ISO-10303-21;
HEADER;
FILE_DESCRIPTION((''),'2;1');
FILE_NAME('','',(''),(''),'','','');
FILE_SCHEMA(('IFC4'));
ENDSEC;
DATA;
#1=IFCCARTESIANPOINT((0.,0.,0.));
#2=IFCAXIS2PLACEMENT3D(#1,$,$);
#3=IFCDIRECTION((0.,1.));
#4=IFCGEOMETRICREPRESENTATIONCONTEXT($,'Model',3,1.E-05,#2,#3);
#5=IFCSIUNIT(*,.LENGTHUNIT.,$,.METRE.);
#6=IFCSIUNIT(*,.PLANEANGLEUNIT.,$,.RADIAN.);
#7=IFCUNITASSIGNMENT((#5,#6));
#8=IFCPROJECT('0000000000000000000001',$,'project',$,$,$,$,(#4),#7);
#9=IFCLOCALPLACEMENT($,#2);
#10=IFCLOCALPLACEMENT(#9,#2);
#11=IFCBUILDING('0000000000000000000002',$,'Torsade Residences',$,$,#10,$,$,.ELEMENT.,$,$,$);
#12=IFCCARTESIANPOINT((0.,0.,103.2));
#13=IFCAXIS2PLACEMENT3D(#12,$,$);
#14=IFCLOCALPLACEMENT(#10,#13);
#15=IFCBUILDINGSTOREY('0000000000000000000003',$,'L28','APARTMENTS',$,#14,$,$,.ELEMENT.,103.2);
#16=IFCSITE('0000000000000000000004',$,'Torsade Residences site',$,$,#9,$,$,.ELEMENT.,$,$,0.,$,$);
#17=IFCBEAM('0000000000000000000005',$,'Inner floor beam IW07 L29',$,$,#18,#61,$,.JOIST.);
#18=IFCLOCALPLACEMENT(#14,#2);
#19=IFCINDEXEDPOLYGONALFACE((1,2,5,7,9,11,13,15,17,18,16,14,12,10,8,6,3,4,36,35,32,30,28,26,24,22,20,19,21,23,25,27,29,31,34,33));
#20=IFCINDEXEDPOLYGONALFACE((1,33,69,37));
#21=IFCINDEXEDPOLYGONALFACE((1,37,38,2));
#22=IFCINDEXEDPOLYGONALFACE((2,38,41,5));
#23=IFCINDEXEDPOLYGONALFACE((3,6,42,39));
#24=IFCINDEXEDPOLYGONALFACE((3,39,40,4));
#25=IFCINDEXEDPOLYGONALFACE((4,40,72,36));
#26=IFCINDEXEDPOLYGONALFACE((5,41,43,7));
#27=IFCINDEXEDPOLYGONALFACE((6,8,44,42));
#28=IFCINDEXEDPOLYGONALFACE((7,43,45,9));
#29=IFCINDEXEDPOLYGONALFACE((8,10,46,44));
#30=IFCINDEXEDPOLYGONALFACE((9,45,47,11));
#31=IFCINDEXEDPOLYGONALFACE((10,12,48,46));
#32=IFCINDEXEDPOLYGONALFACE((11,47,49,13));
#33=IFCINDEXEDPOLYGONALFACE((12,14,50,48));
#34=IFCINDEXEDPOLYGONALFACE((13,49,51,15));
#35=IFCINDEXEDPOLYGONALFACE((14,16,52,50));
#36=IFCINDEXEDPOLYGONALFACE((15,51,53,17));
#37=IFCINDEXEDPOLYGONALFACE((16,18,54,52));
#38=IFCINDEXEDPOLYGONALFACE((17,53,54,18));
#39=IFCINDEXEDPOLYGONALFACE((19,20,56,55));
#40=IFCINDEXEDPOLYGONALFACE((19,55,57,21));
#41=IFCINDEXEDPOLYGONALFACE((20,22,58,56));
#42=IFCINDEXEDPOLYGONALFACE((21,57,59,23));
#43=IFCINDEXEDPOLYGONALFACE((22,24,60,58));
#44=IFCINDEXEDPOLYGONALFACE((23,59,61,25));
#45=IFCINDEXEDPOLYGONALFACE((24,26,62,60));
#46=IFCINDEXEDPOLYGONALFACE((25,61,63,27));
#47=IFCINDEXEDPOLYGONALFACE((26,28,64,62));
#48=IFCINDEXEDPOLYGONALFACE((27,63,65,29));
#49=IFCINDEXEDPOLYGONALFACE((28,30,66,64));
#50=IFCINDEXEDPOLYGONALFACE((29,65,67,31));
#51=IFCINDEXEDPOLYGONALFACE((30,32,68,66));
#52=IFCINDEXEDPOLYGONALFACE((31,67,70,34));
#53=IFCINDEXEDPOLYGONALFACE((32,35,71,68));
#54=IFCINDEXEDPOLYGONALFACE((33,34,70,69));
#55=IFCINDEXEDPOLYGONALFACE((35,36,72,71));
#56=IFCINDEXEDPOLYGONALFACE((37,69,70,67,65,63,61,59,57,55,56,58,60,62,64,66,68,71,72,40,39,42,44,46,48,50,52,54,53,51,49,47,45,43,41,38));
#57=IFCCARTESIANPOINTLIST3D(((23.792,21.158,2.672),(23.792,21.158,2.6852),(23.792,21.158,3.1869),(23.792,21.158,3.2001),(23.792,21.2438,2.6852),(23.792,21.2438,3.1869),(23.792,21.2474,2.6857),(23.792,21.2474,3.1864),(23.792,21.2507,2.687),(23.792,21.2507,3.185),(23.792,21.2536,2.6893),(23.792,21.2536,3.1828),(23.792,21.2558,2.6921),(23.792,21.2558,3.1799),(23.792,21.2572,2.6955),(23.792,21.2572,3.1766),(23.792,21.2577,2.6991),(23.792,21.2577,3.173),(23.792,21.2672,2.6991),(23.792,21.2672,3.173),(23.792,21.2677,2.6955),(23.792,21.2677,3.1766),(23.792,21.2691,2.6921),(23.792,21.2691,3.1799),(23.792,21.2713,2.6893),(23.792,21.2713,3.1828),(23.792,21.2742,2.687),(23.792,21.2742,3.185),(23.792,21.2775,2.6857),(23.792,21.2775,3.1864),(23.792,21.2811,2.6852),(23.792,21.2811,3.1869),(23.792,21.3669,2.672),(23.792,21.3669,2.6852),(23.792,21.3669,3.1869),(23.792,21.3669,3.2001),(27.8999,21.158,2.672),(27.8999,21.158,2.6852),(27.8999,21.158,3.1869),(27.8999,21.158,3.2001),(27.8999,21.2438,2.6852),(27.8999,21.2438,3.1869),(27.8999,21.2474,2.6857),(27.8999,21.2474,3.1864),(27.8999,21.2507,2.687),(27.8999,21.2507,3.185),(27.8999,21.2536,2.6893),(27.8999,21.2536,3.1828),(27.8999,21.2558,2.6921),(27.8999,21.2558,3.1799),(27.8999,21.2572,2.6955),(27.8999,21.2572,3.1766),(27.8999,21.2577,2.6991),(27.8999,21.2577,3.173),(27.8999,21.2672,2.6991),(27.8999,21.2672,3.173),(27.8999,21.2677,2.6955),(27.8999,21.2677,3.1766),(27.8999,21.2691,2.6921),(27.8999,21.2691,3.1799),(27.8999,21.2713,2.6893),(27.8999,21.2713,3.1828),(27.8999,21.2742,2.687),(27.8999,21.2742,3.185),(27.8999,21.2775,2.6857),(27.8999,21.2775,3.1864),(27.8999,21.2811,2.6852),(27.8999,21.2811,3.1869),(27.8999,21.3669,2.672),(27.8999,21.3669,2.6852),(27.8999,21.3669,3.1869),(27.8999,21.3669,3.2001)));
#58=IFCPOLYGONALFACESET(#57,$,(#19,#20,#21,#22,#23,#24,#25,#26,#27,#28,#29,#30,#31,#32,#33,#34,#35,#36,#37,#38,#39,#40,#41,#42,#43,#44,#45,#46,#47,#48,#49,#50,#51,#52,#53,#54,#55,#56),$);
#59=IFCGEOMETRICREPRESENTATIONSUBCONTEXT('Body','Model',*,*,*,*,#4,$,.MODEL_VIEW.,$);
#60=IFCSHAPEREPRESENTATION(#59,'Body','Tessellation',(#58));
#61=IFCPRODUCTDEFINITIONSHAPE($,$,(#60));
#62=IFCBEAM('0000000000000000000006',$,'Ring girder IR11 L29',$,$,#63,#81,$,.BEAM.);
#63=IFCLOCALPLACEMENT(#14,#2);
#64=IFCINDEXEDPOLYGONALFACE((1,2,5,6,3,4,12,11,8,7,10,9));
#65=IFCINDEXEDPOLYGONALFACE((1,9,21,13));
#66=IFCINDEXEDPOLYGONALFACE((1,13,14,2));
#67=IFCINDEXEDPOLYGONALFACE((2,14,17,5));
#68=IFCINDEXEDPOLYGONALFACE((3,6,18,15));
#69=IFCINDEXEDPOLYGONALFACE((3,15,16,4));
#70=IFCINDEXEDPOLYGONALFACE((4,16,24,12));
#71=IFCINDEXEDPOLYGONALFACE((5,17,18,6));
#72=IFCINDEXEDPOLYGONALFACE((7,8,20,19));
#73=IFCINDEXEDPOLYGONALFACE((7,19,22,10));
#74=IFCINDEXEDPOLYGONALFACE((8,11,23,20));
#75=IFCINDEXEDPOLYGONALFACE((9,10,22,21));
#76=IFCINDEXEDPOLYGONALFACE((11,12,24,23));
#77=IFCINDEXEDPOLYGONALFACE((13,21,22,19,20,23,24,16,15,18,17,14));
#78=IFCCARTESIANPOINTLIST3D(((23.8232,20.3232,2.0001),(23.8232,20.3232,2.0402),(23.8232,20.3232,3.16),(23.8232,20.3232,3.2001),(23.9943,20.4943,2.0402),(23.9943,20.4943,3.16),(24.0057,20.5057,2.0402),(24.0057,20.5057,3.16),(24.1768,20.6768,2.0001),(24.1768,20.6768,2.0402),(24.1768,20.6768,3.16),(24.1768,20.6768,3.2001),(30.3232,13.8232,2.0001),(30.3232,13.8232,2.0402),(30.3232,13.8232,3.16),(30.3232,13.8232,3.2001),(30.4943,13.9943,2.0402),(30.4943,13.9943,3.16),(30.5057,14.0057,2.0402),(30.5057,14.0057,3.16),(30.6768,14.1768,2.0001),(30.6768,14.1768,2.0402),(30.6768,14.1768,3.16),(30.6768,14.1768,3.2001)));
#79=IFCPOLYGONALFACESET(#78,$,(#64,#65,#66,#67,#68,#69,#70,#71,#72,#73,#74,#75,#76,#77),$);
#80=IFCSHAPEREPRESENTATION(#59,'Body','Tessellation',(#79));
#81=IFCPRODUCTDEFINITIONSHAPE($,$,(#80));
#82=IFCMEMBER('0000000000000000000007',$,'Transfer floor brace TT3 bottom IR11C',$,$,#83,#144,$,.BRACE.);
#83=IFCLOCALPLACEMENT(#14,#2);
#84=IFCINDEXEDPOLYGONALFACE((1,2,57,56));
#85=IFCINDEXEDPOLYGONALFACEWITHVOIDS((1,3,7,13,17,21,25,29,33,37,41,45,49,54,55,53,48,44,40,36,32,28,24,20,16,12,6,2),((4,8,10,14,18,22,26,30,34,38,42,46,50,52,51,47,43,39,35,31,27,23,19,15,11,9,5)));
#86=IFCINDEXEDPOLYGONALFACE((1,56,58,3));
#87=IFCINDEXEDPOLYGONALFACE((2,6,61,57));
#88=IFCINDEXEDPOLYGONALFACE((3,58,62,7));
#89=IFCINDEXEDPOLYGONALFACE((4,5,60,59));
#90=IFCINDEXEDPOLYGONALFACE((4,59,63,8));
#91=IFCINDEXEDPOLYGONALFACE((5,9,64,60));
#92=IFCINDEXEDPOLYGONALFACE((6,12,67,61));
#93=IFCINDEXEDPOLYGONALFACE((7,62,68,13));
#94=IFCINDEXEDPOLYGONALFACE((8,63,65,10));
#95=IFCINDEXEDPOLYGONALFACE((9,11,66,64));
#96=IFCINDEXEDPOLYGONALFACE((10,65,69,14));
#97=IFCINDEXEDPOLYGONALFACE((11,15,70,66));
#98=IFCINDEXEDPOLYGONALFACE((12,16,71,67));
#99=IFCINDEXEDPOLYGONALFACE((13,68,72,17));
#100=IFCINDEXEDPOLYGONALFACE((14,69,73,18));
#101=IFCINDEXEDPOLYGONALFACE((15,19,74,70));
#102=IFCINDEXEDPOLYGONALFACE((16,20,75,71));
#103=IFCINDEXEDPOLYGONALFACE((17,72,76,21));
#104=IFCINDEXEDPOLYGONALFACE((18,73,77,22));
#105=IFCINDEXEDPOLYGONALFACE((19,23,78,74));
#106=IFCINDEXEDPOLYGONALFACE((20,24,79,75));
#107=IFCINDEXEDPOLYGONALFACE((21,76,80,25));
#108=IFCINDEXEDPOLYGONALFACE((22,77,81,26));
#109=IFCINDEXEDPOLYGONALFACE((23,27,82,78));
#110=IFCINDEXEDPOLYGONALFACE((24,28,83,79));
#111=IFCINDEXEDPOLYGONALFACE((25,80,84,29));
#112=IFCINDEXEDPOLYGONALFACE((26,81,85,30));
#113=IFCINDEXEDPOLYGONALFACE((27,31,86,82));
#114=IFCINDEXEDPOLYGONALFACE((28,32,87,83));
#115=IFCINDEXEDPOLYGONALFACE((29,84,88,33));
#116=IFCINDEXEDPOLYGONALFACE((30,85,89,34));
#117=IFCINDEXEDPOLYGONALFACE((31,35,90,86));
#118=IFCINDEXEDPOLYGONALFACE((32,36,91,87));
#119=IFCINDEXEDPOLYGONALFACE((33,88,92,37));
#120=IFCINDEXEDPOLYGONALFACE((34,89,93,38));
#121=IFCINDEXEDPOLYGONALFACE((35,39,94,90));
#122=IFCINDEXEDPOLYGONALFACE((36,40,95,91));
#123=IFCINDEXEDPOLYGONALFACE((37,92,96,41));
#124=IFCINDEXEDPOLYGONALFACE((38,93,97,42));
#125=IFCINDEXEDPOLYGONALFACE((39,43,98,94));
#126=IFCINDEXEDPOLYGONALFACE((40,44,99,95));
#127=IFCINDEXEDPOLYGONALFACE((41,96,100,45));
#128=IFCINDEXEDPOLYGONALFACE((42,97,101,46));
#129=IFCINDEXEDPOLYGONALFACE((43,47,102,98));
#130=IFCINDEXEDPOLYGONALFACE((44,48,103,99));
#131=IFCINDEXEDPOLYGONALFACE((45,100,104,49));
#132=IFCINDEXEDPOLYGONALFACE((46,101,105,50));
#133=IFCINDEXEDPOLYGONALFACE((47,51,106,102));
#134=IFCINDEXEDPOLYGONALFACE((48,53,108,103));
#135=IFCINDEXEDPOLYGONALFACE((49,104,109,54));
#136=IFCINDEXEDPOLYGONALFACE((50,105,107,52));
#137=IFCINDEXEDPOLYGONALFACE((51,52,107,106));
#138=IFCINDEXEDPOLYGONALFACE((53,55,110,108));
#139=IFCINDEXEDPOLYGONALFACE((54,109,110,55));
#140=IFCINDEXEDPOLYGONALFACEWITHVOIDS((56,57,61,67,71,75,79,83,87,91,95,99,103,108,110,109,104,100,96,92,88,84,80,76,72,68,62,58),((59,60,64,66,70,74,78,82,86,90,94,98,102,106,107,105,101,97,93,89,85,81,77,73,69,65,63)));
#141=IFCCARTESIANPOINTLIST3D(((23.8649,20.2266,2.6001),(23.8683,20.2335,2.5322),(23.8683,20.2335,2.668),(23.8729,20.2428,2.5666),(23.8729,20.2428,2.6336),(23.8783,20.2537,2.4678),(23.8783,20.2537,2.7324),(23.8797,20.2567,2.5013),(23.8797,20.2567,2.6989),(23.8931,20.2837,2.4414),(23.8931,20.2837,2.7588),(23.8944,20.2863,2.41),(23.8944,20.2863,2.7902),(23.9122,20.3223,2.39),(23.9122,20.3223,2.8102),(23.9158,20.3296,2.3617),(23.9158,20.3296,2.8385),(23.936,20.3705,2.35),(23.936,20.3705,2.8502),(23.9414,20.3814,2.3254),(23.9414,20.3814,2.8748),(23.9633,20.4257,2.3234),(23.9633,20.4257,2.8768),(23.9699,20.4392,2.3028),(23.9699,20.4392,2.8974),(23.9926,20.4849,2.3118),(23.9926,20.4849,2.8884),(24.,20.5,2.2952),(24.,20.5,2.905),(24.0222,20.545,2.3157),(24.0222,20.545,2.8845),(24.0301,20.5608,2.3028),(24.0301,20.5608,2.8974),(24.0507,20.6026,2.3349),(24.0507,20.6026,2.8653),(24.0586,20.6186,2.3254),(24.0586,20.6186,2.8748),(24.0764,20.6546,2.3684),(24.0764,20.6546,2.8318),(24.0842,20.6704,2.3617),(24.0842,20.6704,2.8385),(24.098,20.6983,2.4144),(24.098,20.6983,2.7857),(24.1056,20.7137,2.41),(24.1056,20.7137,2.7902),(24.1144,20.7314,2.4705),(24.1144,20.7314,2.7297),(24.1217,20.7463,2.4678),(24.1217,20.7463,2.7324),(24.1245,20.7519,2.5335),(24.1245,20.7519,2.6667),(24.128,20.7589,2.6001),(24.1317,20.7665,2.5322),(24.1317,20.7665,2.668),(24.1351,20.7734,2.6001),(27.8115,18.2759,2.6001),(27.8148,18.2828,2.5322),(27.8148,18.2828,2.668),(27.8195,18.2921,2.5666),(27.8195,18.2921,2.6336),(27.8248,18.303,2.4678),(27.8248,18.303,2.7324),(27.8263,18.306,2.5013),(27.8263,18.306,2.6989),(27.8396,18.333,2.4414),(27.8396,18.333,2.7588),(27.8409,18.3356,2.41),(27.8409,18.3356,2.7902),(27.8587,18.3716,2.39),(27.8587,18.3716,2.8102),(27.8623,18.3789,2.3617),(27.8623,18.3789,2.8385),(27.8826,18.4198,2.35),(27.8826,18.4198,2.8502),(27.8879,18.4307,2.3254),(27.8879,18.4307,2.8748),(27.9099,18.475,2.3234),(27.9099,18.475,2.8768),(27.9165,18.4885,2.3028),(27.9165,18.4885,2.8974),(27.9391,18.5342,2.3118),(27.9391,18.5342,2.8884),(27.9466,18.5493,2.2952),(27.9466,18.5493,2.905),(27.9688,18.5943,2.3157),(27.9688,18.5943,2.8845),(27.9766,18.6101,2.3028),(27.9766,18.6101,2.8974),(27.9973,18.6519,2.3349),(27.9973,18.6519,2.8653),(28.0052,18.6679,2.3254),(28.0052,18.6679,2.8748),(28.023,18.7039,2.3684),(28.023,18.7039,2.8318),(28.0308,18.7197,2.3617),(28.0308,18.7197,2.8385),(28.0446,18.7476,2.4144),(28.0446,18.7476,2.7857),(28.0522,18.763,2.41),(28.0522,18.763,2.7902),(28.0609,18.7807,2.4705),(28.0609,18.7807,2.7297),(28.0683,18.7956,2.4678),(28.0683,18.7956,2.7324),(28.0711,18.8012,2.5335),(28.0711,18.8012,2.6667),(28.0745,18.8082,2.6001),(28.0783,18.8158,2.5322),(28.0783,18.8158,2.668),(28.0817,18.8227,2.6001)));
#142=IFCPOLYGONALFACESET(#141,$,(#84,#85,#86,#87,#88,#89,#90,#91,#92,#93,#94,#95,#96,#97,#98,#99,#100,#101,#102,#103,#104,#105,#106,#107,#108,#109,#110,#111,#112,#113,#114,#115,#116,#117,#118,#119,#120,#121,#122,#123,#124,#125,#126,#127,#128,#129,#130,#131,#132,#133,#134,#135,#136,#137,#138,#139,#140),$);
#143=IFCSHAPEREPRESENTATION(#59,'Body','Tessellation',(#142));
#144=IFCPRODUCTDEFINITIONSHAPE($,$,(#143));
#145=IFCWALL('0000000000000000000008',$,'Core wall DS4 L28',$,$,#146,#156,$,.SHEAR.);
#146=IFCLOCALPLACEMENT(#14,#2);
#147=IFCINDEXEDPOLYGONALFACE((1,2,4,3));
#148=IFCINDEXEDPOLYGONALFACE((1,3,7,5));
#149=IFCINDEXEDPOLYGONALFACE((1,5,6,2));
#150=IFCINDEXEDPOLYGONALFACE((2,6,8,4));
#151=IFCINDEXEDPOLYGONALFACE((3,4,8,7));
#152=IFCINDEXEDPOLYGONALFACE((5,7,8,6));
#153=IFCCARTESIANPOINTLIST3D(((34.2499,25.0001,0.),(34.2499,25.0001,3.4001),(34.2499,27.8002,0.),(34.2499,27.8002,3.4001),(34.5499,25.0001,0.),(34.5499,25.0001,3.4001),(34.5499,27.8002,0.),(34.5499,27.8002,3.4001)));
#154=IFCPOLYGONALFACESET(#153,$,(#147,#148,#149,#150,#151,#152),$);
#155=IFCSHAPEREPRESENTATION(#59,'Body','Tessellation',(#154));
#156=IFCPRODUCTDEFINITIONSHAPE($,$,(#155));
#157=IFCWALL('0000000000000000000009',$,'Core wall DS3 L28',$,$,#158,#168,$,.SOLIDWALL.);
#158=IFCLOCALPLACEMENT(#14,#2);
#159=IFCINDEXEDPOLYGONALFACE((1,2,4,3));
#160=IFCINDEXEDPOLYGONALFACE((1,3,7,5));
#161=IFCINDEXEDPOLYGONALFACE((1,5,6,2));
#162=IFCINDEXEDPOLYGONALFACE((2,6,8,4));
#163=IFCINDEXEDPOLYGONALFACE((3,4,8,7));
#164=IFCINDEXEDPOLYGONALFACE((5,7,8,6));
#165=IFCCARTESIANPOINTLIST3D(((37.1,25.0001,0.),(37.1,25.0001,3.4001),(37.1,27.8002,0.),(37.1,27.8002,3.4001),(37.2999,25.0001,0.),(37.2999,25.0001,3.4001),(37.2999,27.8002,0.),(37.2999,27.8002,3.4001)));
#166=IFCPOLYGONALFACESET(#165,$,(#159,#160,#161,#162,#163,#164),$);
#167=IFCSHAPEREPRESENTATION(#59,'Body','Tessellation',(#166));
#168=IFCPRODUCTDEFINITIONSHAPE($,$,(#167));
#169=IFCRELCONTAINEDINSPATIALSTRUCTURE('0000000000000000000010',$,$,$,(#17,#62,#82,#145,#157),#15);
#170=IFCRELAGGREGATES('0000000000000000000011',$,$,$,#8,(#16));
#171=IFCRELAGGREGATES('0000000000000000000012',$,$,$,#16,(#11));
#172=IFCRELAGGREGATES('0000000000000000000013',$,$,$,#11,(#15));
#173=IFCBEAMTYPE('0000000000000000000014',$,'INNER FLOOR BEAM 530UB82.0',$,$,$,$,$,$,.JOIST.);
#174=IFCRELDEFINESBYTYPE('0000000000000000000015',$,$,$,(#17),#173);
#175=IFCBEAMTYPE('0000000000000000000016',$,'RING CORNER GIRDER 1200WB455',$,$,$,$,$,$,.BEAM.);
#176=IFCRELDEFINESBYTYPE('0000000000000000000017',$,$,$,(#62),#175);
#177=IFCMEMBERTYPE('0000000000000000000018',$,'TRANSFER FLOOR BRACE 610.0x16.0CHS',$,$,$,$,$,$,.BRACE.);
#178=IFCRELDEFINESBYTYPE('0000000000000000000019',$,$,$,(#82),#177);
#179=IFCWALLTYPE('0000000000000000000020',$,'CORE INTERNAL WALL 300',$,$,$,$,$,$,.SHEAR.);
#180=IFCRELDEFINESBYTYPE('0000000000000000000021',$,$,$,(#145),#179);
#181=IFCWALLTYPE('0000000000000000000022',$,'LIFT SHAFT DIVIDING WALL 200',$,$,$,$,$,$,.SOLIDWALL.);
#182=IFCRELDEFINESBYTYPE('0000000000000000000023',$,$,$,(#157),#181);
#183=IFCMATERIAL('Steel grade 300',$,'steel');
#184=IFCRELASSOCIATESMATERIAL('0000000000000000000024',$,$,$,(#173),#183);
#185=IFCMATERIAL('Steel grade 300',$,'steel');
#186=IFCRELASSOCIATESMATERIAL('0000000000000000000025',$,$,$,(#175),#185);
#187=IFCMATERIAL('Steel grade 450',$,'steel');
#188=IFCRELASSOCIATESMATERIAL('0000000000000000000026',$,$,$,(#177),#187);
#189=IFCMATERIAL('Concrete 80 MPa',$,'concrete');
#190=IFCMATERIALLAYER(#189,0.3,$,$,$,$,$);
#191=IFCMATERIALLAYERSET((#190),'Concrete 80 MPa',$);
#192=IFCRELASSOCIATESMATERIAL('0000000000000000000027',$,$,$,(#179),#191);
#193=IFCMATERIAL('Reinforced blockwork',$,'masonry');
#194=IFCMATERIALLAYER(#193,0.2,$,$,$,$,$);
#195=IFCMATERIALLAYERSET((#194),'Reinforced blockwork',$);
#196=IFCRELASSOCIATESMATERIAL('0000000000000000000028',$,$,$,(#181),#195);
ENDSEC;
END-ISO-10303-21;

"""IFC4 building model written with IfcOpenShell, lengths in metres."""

from ifc_helpers import new_model, si_unit, direction, frame, frame_2d, origin, origin_2d, place, context, subcontext, project, spatial, rectangle, hollow_circle, i_section, extrude, material, layer, layer_set, material_profile, profile_set, type_object, element, save


model = new_model("IFC4")

# Units and contexts
model_context = context("Model", 3, precision=1e-05, world=origin(), true_north=direction((0.0, 1.0)))
body_context = subcontext(model_context, "Body", "Model", "MODEL_VIEW")
ifc_project = project(units=[si_unit("LENGTHUNIT", "METRE"), si_unit("PLANEANGLEUNIT", "RADIAN")], contexts=[model_context])

# Site, building, storey
site_placement = place(None, origin())
site = spatial("IfcSite", under=ifc_project, at=site_placement, Name="Torsade Residences site", CompositionType="ELEMENT", RefElevation=0.0)
building_placement = place(site_placement, origin())
building = spatial("IfcBuilding", under=site, at=building_placement, Name="Torsade Residences", CompositionType="ELEMENT")
storey_placement = place(building_placement, frame((0.0, 0.0, 103.2)))
storey = spatial("IfcBuildingStorey", under=building, at=storey_placement, Name="L28", Description="APARTMENTS", CompositionType="ELEMENT", Elevation=103.2)

# Beams
ifc_material_1 = material(Name="Steel grade 300", Category="steel")
ifc_material_profile_1 = material_profile(ifc_material_1, i_section(OverallWidth=0.209, OverallDepth=0.5281, WebThickness=0.0095, FlangeThickness=0.0132, FilletRadius=0.0139, at=origin_2d()), Name="530UB82.0")
ifc_profile_set_1 = profile_set([ifc_material_profile_1], Name="Steel grade 300")
beam_type_1 = type_object("IfcBeamType", Name="INNER FLOOR BEAM 530UB82.0", PredefinedType="JOIST", material=ifc_profile_set_1)
beam_1_placement = place(storey_placement, frame((27.8999, 21.2625, 2.936), z_axis=(-1.0, 0.0, 0.0), x_axis=(0.0, -1.0, 0.0)))
element("IfcBeam", 1, at=beam_1_placement, inside=storey, type_object=beam_type_1, Name="Inner floor beam IW07 L29", PredefinedType="JOIST", context=body_context, shape_type="SweptSolid", body=[
    extrude(i_section(OverallWidth=0.209, OverallDepth=0.5281, WebThickness=0.0095, FlangeThickness=0.0132, FilletRadius=0.0139, at=origin_2d()), origin(), (0.0, 0.0, 1.0), 4.1079),
])
ifc_material_2 = material(Name="Steel grade 300", Category="steel")
ifc_material_profile_2 = material_profile(ifc_material_2, i_section(OverallWidth=0.5, OverallDepth=1.2, WebThickness=0.0161, FlangeThickness=0.04, at=origin_2d()), Name="1200WB455")
ifc_profile_set_2 = profile_set([ifc_material_profile_2], Name="Steel grade 300")
beam_type_2 = type_object("IfcBeamType", Name="RING CORNER GIRDER 1200WB455", PredefinedType="BEAM", material=ifc_profile_set_2)
beam_2_placement = place(storey_placement, frame((24.0, 20.5, 2.6001), z_axis=(0.707107, -0.707107, 0.0), x_axis=(0.707107, 0.707107, 0.0)))
element("IfcBeam", 2, at=beam_2_placement, inside=storey, type_object=beam_type_2, Name="Ring girder IR11 L29", PredefinedType="BEAM", context=body_context, shape_type="SweptSolid", body=[
    extrude(i_section(OverallWidth=0.5, OverallDepth=1.2, WebThickness=0.0161, FlangeThickness=0.04, at=origin_2d()), origin(), (0.0, 0.0, 1.0), 9.1924),
])

# Member
ifc_material_3 = material(Name="Steel grade 450", Category="steel")
ifc_material_profile_3 = material_profile(ifc_material_3, hollow_circle(Radius=0.3049, WallThickness=0.0161, at=origin_2d()), Name="610.0x16.0CHS")
ifc_profile_set_3 = profile_set([ifc_material_profile_3], Name="Steel grade 450")
member_type = type_object("IfcMemberType", Name="TRANSFER FLOOR BRACE 610.0x16.0CHS", PredefinedType="BRACE", material=ifc_profile_set_3)
member_placement = place(storey_placement, frame((24.0, 20.5, 2.6001), z_axis=(0.89647, -0.443105, 0.0), x_axis=(0.443105, 0.89647, 0.0)))
element("IfcMember", 3, at=member_placement, inside=storey, type_object=member_type, Name="Transfer floor brace TT3 bottom IR11C", PredefinedType="BRACE", context=body_context, shape_type="SweptSolid", body=[
    extrude(hollow_circle(Radius=0.3049, WallThickness=0.0161, at=origin_2d()), origin(), (0.0, 0.0, 1.0), 4.4023),
])

# Walls
ifc_material_4 = material(Name="Concrete 80 MPa", Category="concrete")
ifc_layer_1 = layer(ifc_material_4, 0.3)
ifc_layer_set_1 = layer_set([ifc_layer_1], Name="Concrete 80 MPa")
wall_type_1 = type_object("IfcWallType", Name="CORE INTERNAL WALL 300", PredefinedType="SHEAR", material=ifc_layer_set_1)
wall_1_placement = place(storey_placement, frame((34.3999, 27.8, 0.0), z_axis=(0.0, 0.0, 1.0), x_axis=(0.0, -1.0, 0.0)))
element("IfcWall", 4, at=wall_1_placement, inside=storey, type_object=wall_type_1, Name="Core wall DS4 L28", PredefinedType="SHEAR", context=body_context, shape_type="SweptSolid", body=[
    extrude(rectangle(XDim=2.8, YDim=0.3, at=frame_2d((1.3999, 0.0))), origin(), (0.0, 0.0, 1.0), 3.4001),
])
ifc_material_5 = material(Name="Reinforced blockwork", Category="masonry")
ifc_layer_2 = layer(ifc_material_5, 0.2)
ifc_layer_set_2 = layer_set([ifc_layer_2], Name="Reinforced blockwork")
wall_type_2 = type_object("IfcWallType", Name="LIFT SHAFT DIVIDING WALL 200", PredefinedType="SOLIDWALL", material=ifc_layer_set_2)
wall_2_placement = place(storey_placement, frame((37.2, 27.8, 0.0), z_axis=(0.0, 0.0, 1.0), x_axis=(0.0, -1.0, 0.0)))
element("IfcWall", 5, at=wall_2_placement, inside=storey, type_object=wall_type_2, Name="Core wall DS3 L28", PredefinedType="SOLIDWALL", context=body_context, shape_type="SweptSolid", body=[
    extrude(rectangle(XDim=2.8, YDim=0.2, at=frame_2d((1.3999, 0.0))), origin(), (0.0, 0.0, 1.0), 3.4001),
])

save(model, "model.ifc")
